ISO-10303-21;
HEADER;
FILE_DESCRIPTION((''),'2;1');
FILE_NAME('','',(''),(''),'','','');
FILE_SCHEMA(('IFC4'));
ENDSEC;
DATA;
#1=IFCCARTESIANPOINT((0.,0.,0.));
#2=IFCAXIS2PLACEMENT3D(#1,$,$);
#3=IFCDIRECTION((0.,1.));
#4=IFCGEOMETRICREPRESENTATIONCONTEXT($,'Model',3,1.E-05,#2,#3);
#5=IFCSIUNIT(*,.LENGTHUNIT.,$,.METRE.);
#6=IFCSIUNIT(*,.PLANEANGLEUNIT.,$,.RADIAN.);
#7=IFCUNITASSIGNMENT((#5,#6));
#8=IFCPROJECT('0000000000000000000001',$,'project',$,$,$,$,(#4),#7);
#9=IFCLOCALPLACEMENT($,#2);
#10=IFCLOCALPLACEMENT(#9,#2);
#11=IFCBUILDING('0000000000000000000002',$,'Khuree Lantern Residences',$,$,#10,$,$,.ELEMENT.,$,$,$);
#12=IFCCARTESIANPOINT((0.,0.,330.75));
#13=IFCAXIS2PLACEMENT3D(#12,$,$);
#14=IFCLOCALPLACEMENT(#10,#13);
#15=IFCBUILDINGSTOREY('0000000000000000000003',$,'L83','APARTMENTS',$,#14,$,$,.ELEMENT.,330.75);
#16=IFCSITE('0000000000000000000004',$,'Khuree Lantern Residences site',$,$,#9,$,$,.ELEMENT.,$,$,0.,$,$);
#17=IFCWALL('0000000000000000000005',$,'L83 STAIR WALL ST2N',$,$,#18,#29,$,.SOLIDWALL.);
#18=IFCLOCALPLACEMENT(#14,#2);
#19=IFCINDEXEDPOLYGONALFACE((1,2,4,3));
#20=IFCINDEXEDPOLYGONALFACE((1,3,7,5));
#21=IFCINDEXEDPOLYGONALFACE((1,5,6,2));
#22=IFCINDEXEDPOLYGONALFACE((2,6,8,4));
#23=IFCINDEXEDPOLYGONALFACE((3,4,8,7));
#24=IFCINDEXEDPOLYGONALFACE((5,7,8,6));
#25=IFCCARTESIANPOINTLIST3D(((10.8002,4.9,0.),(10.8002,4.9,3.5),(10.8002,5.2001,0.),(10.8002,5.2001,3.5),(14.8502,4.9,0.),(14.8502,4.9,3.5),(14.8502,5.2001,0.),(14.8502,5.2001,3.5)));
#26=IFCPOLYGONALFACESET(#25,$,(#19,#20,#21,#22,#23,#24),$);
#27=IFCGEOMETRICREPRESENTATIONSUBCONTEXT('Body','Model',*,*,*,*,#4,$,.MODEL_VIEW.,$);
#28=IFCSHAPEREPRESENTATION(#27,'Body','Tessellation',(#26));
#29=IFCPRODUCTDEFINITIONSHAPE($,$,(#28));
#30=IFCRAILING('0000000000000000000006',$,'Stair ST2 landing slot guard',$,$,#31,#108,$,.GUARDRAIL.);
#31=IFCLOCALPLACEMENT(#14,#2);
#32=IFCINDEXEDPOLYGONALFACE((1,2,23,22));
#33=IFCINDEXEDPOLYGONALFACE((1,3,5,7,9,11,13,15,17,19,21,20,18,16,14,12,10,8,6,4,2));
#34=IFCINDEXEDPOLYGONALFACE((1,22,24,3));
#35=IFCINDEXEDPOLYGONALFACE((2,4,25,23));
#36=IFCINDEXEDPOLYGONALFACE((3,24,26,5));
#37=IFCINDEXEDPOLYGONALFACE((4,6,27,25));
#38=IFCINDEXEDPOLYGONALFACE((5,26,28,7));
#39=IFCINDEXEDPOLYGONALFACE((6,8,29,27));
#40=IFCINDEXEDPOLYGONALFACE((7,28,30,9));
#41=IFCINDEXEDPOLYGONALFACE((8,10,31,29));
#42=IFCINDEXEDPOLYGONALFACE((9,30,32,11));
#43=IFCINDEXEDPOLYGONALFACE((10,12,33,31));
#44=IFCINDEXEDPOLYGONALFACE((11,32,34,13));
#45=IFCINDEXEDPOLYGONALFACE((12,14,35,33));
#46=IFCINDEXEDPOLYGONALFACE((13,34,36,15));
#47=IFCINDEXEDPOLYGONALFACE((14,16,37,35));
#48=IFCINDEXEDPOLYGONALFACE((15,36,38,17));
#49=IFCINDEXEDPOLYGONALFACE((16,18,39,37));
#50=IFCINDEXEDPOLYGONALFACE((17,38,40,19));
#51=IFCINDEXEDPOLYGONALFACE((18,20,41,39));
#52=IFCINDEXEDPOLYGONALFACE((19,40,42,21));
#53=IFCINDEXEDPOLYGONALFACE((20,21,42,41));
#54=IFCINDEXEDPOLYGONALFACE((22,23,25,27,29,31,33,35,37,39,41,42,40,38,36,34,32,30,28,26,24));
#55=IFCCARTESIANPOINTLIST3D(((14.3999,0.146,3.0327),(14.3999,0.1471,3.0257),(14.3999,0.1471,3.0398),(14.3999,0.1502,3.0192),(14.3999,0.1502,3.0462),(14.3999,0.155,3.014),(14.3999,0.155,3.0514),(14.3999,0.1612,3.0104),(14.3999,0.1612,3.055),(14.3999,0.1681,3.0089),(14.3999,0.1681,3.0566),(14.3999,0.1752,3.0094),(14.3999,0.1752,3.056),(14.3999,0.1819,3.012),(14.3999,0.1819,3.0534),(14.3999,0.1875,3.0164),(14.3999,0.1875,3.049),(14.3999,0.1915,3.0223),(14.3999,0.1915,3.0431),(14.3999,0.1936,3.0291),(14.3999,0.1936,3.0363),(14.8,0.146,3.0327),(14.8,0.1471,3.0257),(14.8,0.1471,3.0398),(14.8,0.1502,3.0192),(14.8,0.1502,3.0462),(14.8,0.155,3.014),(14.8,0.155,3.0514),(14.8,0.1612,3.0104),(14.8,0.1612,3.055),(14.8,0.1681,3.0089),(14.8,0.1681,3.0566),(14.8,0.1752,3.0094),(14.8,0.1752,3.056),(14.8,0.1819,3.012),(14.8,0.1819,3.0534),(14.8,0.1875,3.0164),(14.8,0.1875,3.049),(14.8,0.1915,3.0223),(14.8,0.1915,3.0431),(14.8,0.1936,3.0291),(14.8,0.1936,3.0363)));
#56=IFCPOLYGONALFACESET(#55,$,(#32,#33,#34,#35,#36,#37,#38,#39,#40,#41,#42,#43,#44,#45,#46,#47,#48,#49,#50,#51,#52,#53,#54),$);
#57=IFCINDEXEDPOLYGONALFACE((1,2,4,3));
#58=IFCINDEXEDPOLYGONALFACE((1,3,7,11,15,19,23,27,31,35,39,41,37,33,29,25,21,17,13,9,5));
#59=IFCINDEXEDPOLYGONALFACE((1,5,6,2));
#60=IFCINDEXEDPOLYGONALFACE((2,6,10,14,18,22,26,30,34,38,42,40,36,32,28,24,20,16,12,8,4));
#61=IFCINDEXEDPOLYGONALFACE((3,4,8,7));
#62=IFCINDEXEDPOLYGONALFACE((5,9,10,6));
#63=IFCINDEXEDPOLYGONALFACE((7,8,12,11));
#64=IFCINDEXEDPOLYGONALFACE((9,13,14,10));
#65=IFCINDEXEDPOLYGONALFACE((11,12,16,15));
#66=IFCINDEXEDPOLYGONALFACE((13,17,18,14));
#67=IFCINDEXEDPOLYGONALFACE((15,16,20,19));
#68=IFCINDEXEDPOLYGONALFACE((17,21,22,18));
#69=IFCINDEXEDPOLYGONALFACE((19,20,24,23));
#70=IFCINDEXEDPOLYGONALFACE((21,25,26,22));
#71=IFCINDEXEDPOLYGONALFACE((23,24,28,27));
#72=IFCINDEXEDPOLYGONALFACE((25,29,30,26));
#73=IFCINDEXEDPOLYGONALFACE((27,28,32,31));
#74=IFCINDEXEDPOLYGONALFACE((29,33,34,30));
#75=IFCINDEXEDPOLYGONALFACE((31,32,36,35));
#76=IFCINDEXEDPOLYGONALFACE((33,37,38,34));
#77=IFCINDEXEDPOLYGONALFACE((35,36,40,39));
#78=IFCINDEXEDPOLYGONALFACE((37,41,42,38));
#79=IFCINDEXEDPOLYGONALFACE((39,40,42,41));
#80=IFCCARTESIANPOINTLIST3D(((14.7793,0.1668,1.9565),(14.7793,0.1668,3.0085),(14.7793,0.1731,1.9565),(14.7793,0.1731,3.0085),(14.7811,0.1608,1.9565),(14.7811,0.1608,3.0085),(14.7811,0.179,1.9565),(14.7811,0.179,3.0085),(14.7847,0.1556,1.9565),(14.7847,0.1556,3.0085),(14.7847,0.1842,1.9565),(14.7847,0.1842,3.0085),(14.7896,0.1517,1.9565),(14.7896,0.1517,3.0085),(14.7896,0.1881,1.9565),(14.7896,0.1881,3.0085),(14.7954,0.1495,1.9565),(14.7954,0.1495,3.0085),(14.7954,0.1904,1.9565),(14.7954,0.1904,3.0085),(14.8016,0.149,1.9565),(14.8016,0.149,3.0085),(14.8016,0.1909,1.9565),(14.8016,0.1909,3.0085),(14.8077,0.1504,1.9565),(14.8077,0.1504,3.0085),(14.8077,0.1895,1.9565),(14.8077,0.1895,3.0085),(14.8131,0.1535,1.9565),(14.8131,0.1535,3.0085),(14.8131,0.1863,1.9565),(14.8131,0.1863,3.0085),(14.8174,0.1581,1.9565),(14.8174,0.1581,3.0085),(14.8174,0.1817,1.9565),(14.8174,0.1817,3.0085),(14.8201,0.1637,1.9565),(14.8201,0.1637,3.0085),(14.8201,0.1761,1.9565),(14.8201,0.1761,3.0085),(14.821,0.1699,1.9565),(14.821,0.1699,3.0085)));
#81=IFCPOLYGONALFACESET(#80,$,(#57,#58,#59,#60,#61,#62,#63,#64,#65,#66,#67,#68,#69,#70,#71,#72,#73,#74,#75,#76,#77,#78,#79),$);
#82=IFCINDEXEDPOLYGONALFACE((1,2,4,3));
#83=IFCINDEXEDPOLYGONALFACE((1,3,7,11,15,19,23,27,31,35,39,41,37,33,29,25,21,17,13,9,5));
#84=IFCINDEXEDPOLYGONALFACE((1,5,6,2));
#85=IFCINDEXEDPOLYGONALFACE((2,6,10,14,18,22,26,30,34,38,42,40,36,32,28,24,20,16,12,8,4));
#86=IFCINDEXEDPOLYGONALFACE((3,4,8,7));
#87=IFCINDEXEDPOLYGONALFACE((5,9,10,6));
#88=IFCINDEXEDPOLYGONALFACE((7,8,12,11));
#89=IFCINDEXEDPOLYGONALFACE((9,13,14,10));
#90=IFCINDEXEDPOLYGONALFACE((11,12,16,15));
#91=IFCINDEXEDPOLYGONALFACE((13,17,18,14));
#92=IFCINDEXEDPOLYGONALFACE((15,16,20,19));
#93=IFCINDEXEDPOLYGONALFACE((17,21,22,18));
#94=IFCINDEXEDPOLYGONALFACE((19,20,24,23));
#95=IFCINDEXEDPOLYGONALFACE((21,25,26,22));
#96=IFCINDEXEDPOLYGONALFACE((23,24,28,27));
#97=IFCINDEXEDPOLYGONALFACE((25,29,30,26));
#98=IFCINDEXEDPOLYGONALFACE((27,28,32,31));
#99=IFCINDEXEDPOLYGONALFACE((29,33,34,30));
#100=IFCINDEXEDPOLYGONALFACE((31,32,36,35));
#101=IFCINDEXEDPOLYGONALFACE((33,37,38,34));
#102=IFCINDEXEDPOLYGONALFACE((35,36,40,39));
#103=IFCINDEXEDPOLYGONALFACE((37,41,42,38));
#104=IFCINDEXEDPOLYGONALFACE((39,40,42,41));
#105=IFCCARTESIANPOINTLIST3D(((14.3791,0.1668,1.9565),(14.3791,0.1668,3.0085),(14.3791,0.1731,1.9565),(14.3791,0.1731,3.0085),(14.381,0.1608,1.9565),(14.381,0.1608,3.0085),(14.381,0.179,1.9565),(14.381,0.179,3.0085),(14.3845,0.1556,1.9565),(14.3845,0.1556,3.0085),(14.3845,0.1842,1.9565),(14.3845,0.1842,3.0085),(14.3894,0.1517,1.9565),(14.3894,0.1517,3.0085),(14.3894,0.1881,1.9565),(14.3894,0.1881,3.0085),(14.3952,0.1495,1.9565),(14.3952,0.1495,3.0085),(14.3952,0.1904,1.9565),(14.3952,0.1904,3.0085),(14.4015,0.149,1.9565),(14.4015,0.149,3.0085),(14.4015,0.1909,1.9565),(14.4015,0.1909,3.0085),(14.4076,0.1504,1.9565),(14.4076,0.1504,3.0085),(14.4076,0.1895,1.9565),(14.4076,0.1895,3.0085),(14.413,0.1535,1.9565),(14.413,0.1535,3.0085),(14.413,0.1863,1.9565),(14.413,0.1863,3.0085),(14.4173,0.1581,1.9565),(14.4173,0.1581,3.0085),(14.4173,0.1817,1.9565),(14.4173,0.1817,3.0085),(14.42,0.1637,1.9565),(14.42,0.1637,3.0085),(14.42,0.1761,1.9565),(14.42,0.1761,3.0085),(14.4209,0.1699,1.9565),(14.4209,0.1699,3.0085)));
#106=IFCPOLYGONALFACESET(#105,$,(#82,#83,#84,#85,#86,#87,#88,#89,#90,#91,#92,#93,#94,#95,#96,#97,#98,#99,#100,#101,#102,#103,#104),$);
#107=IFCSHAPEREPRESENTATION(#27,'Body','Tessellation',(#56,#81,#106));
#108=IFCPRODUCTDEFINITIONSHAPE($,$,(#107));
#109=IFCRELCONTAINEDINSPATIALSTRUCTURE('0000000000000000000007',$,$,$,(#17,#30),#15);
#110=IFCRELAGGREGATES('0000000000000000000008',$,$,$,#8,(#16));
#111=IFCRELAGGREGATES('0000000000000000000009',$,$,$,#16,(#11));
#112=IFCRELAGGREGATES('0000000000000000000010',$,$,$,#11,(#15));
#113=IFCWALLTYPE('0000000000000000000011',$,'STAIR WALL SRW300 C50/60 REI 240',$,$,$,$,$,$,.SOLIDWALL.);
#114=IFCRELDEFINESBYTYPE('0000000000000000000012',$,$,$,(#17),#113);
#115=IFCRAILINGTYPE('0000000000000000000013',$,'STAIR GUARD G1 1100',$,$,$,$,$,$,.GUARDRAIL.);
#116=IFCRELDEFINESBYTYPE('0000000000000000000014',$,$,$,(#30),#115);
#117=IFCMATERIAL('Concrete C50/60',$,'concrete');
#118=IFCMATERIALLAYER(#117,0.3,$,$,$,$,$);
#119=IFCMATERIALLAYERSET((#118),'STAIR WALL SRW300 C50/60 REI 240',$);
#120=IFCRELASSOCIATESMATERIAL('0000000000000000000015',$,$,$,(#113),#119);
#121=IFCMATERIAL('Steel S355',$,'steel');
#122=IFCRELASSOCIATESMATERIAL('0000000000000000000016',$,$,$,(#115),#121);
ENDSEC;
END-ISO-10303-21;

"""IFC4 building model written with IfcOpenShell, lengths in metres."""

from ifc_helpers import new_model, si_unit, direction, frame, frame_2d, origin, origin_2d, place, context, subcontext, project, spatial, rectangle, circle, extrude, material, layer, layer_set, type_object, element, save


model = new_model("IFC4")

# Units and contexts
model_context = context("Model", 3, precision=1e-05, world=origin(), true_north=direction((0.0, 1.0)))
body_context = subcontext(model_context, "Body", "Model", "MODEL_VIEW")
ifc_project = project(units=[si_unit("LENGTHUNIT", "METRE"), si_unit("PLANEANGLEUNIT", "RADIAN")], contexts=[model_context])

# Site, building, storey
site_placement = place(None, origin())
site = spatial("IfcSite", under=ifc_project, at=site_placement, Name="Khuree Lantern Residences site", CompositionType="ELEMENT", RefElevation=0.0)
building_placement = place(site_placement, origin())
building = spatial("IfcBuilding", under=site, at=building_placement, Name="Khuree Lantern Residences", CompositionType="ELEMENT")
storey_placement = place(building_placement, frame((0.0, 0.0, 330.75)))
storey = spatial("IfcBuildingStorey", under=building, at=storey_placement, Name="L83", Description="APARTMENTS", CompositionType="ELEMENT", Elevation=330.75)

# Shared definitions
ifc_material_1 = material(Name="Concrete C50/60", Category="concrete")

# Wall
ifc_layer_1 = layer(ifc_material_1, 0.3)
ifc_layer_set_1 = layer_set([ifc_layer_1], Name="STAIR WALL SRW300 C50/60 REI 240")
wall_type_1 = type_object("IfcWallType", Name="STAIR WALL SRW300 C50/60 REI 240", PredefinedType="SOLIDWALL", material=ifc_layer_set_1)
wall_1_placement = place(storey_placement, frame((14.8501, 5.05, 0.0), z_axis=(0.0, 0.0, 1.0), x_axis=(-1.0, 0.0, 0.0)))
element("IfcWall", 1, at=wall_1_placement, inside=storey, type_object=wall_type_1, Name="L83 STAIR WALL ST2N", PredefinedType="SOLIDWALL", context=body_context, shape_type="SweptSolid", body=[
    extrude(rectangle(XDim=4.05, YDim=0.3, at=frame_2d((2.0249, 0.0))), origin(), (0.0, 0.0, 1.0), 3.5),
])

# Railing
ifc_material_2 = material(Name="Steel S355", Category="steel")
railing_type = type_object("IfcRailingType", Name="STAIR GUARD G1 1100", PredefinedType="GUARDRAIL", material=ifc_material_2)
railing_placement = place(storey_placement, frame((14.8, 0.1699, 1.9565)))
element("IfcRailing", 2, at=railing_placement, inside=storey, type_object=railing_type, Name="Stair ST2 landing slot guard", PredefinedType="GUARDRAIL", context=body_context, shape_type="SweptSolid", body=[
    extrude(circle(Radius=0.0239, at=origin_2d()), frame((0.0, 0.0, 1.0762), z_axis=(-1.0, 0.0, 0.0), x_axis=(0.0, -1.0, 0.0)), (0.0, 0.0, 1.0), 0.4001),
    extrude(circle(Radius=0.021, at=origin_2d()), origin(), (0.0, 0.0, 1.0), 1.052),
    extrude(circle(Radius=0.021, at=origin_2d()), frame((-0.4001, 0.0, 0.0)), (0.0, 0.0, 1.0), 1.052),
])

save(model, "model.ifc")
